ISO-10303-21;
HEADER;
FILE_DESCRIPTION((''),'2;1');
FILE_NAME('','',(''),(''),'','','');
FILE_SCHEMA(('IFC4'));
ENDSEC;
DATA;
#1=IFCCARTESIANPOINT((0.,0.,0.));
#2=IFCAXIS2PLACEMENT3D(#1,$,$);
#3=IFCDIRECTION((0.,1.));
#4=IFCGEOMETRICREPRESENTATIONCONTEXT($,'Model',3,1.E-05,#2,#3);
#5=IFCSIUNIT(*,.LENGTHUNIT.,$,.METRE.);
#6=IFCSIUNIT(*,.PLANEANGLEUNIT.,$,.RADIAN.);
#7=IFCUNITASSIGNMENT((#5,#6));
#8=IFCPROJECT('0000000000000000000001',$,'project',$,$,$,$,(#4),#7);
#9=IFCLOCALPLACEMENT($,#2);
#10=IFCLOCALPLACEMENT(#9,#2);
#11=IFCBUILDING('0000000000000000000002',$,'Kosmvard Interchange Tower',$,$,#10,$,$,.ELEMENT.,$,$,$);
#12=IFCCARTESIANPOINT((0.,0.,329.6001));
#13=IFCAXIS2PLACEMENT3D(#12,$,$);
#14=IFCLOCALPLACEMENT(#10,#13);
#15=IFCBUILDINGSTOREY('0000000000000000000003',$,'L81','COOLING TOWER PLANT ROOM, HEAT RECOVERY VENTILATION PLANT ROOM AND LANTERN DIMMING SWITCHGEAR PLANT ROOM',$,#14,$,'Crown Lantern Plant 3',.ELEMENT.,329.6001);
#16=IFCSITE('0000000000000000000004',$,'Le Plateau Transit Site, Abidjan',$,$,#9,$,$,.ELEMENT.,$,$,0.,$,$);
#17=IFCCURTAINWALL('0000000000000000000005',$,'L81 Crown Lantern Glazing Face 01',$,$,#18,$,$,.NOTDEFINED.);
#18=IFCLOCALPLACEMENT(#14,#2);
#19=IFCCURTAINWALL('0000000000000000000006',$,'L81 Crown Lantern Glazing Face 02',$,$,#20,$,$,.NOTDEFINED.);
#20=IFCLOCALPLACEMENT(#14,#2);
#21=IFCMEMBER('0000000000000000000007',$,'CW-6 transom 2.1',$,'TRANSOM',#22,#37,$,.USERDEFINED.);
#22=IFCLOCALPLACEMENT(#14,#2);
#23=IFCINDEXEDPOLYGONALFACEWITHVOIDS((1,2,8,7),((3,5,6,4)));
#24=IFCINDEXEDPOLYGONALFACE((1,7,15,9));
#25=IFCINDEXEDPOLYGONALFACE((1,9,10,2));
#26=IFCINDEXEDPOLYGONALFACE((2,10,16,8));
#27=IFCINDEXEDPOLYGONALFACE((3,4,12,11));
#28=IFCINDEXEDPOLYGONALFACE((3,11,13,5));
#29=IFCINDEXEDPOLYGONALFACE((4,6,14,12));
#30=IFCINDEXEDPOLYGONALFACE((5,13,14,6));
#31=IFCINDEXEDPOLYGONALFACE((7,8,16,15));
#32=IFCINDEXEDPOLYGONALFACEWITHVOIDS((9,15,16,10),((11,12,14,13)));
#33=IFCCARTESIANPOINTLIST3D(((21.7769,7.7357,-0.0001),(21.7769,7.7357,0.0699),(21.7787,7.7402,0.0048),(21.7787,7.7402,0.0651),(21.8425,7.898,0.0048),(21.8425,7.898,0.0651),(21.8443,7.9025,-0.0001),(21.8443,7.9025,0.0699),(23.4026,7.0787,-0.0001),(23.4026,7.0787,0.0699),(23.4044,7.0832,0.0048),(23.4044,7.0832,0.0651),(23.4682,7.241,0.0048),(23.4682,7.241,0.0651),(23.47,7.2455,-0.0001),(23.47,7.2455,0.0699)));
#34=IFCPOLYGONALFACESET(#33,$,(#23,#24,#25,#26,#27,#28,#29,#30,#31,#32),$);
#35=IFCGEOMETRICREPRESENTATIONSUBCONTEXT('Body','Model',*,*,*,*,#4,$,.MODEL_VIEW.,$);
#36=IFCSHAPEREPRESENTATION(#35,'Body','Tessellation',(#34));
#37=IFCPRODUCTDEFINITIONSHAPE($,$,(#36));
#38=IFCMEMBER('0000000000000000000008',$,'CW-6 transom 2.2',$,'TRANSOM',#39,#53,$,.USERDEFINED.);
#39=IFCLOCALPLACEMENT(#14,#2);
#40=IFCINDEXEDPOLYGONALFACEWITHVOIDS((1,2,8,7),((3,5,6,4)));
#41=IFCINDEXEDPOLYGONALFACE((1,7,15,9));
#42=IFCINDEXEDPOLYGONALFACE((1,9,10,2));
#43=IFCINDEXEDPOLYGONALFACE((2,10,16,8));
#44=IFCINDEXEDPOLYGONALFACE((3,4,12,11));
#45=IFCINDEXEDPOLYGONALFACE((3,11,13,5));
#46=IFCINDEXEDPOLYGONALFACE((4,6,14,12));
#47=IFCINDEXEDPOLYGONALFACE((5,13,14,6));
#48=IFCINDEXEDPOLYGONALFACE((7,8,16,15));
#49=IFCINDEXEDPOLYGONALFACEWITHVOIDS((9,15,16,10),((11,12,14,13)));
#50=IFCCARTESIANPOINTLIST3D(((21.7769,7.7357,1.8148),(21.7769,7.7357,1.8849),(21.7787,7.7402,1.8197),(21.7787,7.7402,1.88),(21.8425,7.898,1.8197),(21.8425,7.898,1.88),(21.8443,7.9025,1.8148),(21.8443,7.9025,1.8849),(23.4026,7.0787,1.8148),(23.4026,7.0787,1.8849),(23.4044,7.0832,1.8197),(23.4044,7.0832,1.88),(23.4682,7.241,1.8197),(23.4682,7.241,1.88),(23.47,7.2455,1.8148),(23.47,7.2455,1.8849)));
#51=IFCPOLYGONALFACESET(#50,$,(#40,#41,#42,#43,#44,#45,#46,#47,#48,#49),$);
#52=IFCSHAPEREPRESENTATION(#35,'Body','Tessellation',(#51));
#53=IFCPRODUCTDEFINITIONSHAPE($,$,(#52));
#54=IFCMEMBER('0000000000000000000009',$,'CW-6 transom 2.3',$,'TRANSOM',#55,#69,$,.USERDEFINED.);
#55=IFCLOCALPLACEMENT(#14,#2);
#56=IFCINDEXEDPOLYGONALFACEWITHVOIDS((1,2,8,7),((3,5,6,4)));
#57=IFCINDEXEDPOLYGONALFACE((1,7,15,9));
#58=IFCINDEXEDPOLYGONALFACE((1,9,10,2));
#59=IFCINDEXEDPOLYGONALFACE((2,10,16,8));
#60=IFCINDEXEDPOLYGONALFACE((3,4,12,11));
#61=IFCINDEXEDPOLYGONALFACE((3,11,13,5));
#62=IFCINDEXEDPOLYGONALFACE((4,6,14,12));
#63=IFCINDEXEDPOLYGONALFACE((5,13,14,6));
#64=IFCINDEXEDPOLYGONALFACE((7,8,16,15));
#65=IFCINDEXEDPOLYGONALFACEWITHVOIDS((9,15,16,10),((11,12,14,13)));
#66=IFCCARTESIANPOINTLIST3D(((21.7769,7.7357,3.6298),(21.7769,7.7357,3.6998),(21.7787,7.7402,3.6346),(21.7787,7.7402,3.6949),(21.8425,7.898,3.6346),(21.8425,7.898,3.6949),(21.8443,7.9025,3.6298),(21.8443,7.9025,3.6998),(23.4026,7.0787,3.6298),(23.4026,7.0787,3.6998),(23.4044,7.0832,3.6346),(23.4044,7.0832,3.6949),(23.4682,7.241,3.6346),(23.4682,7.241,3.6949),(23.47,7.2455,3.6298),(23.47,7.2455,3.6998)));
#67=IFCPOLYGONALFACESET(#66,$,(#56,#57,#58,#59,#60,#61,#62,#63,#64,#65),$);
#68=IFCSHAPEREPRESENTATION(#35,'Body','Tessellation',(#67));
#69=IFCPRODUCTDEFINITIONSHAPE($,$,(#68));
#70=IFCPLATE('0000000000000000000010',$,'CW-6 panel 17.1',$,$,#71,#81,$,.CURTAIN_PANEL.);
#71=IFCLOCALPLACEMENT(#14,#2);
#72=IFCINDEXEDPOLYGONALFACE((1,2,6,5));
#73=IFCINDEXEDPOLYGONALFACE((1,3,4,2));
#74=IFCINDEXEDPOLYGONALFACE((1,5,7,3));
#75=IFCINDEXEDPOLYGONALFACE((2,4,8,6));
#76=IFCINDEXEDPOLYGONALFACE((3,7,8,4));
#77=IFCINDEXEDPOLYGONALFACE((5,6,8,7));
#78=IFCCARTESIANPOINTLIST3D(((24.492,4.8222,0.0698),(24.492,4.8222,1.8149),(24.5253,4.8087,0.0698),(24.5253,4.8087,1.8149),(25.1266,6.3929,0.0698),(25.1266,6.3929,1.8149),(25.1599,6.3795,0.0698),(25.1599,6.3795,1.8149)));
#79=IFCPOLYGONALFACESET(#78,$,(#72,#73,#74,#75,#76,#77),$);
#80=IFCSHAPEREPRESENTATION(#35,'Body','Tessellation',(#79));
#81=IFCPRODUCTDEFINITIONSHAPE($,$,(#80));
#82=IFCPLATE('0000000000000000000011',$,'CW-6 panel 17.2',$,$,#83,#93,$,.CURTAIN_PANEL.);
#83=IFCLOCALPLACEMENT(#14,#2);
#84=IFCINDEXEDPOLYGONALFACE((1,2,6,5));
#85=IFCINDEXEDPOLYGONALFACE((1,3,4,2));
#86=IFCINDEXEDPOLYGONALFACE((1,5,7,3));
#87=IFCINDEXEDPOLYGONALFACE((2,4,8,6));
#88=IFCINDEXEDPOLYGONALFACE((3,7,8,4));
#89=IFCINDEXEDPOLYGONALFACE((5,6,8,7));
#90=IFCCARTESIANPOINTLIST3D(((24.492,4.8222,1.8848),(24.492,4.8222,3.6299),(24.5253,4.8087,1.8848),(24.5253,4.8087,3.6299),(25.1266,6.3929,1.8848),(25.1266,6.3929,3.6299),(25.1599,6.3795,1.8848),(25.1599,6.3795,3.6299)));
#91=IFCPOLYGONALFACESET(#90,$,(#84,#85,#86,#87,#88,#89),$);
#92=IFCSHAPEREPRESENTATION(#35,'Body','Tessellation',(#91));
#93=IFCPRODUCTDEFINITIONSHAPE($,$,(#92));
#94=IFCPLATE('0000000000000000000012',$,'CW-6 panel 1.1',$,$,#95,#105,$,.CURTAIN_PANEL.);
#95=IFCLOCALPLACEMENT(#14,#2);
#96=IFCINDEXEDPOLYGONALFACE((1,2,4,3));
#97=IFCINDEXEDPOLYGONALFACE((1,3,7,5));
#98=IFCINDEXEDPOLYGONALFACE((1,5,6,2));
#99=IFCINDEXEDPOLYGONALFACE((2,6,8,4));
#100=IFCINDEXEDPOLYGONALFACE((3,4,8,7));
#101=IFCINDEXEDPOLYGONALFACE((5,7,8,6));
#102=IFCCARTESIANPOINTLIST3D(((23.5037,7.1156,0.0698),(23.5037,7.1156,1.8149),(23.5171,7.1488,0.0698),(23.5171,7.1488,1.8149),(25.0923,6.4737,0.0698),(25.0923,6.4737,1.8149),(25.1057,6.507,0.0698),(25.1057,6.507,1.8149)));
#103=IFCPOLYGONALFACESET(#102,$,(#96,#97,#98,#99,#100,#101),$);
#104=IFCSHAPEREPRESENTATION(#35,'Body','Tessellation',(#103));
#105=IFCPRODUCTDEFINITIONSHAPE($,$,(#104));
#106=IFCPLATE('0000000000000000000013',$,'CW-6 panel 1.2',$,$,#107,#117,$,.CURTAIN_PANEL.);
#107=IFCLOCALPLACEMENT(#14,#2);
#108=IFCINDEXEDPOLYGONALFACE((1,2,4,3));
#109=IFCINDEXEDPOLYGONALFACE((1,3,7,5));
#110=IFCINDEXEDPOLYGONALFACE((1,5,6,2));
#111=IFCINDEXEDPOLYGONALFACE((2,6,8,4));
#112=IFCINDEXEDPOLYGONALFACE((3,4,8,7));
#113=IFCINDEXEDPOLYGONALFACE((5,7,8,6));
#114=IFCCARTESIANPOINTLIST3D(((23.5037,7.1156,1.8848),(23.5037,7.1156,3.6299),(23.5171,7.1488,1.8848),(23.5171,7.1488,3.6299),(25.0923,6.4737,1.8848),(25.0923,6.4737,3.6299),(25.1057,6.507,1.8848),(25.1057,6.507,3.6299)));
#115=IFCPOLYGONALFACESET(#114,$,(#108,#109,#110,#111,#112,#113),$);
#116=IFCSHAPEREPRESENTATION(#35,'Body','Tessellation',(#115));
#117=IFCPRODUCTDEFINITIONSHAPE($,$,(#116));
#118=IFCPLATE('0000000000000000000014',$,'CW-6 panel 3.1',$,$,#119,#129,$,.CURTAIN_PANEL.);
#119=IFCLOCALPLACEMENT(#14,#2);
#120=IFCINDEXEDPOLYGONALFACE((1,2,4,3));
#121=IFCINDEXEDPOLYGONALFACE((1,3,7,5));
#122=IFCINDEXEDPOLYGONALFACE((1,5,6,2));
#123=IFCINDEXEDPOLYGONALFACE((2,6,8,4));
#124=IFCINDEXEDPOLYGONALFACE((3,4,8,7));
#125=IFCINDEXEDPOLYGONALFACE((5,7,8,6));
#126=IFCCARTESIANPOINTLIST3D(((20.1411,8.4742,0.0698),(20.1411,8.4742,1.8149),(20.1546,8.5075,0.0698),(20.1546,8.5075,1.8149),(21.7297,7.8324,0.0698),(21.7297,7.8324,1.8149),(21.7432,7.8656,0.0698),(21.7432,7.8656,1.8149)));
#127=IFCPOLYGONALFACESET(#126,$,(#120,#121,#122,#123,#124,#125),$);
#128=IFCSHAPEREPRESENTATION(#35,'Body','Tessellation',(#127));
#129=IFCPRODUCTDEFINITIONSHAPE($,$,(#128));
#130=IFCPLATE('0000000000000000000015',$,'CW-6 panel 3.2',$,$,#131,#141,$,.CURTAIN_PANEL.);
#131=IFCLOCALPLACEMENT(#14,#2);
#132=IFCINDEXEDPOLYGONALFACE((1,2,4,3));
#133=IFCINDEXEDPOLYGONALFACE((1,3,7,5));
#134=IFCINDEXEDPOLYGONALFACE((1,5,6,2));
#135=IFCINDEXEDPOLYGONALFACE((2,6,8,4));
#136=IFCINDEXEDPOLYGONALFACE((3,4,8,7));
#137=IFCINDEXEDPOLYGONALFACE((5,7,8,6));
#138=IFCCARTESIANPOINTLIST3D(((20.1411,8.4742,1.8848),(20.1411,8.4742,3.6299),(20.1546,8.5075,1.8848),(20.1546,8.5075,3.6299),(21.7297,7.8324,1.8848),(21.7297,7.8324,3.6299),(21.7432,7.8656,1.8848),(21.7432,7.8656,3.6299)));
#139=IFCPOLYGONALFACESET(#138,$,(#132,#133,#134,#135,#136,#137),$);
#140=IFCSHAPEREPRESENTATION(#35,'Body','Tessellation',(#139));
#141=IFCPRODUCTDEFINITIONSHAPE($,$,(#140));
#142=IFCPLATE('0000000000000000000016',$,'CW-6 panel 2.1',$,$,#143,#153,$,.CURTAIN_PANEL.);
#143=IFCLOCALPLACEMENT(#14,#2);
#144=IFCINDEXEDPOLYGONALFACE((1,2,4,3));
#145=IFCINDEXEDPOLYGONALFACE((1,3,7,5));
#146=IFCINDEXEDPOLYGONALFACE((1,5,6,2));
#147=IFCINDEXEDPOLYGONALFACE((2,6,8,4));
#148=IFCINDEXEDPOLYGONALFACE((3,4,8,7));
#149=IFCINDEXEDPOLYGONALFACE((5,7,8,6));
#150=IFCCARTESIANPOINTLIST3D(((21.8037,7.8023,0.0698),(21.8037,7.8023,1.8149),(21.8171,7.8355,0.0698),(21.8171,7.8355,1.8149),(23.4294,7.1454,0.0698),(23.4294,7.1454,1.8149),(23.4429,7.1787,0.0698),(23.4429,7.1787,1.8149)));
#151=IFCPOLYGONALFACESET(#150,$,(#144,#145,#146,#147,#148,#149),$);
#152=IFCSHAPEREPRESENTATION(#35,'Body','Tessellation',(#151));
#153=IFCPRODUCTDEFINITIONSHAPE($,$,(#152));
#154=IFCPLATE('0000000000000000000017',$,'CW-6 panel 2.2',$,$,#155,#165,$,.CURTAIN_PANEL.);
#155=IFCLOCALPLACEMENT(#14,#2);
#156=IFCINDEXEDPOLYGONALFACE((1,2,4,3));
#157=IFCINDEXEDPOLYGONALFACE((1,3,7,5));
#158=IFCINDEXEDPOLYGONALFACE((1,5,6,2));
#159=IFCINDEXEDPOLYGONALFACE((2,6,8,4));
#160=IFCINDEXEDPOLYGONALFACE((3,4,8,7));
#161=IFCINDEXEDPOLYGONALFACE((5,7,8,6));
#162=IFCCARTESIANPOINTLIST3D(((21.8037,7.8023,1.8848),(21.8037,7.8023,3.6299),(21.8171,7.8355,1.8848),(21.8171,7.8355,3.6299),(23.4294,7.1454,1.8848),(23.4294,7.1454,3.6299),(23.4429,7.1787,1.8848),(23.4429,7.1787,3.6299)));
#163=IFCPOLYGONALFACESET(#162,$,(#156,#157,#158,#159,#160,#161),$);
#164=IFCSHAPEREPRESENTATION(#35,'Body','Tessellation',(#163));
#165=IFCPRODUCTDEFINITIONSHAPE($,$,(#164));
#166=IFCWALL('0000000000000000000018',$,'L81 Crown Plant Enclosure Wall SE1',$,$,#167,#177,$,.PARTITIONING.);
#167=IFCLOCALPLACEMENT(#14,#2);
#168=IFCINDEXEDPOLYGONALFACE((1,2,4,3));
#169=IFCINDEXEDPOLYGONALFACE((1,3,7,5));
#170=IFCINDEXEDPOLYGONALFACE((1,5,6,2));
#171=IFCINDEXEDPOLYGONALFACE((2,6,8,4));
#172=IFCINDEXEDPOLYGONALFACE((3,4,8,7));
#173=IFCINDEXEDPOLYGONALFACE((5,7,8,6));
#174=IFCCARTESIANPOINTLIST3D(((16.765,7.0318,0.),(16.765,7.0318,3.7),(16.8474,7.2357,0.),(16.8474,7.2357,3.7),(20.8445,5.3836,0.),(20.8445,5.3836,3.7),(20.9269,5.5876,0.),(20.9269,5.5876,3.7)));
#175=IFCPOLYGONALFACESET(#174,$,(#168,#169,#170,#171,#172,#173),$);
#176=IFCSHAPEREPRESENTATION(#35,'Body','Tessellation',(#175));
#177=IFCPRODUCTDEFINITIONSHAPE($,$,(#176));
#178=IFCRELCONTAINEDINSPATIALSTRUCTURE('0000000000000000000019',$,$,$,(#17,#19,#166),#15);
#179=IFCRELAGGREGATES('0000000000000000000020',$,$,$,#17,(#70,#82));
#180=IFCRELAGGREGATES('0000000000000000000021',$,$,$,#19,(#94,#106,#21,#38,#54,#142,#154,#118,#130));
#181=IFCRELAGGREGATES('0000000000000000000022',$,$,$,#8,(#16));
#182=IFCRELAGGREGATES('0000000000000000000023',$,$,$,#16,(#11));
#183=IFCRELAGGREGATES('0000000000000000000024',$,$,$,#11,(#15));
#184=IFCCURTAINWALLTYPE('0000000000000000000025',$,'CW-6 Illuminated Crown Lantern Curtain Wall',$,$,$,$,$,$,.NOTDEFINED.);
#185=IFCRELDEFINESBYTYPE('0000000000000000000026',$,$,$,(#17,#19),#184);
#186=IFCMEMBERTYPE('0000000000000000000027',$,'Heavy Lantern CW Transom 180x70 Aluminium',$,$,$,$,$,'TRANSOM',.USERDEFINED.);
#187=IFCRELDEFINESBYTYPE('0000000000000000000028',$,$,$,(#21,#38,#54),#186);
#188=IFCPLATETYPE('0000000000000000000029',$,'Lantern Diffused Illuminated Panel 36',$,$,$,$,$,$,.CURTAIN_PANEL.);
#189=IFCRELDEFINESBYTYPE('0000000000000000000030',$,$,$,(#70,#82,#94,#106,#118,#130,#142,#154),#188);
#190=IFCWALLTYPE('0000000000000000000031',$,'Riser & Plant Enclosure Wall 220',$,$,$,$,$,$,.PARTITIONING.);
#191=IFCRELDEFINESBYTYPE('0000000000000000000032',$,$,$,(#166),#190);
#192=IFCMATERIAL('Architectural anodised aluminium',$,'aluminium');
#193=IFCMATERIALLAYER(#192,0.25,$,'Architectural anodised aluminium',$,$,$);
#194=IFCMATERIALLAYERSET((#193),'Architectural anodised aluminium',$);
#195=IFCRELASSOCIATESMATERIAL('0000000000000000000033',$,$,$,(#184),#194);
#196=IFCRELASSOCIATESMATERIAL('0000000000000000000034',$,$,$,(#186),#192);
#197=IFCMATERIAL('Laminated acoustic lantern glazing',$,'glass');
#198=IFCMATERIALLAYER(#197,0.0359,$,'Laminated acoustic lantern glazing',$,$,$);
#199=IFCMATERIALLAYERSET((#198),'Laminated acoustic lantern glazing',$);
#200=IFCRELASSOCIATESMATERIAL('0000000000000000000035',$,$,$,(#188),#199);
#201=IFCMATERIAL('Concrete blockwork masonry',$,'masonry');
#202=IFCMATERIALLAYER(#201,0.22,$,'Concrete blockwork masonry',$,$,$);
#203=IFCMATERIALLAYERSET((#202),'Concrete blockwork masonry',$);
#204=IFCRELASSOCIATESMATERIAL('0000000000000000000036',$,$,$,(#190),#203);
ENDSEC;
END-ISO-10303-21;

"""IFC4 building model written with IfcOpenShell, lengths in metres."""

from ifc_helpers import new_model, si_unit, direction, frame, frame_2d, origin, origin_2d, place, context, subcontext, project, spatial, rectangle, hollow_rectangle, extrude, source, transform, mapped, material, layer, layer_set, material_profile, profile_set, type_object, element, aggregate, save


model = new_model("IFC4")

# Units and contexts
model_context = context("Model", 3, precision=1e-05, world=origin(), true_north=direction((0.0, 1.0)))
body_context = subcontext(model_context, "Body", "Model", "MODEL_VIEW")
ifc_project = project(units=[si_unit("LENGTHUNIT", "METRE"), si_unit("PLANEANGLEUNIT", "RADIAN")], contexts=[model_context])

# Site, building, storey
site_placement = place(None, origin())
site = spatial("IfcSite", under=ifc_project, at=site_placement, Name="Le Plateau Transit Site, Abidjan", CompositionType="ELEMENT", RefElevation=0.0)
building_placement = place(site_placement, origin())
building = spatial("IfcBuilding", under=site, at=building_placement, Name="Kosmvard Interchange Tower", CompositionType="ELEMENT")
storey_placement = place(building_placement, frame((0.0, 0.0, 329.6001)))
storey = spatial("IfcBuildingStorey", under=building, at=storey_placement, Name="L81", Description="COOLING TOWER PLANT ROOM, HEAT RECOVERY VENTILATION PLANT ROOM AND LANTERN DIMMING SWITCHGEAR PLANT ROOM", LongName="Crown Lantern Plant 3", CompositionType="ELEMENT", Elevation=329.6001)

# Curtain wall
ifc_material_1 = material(Name="Architectural anodised aluminium", Category="aluminium")
ifc_layer_1 = layer(ifc_material_1, 0.25, Name="Architectural anodised aluminium")
ifc_layer_set_1 = layer_set([ifc_layer_1], Name="Architectural anodised aluminium")
curtain_wall_type = type_object("IfcCurtainWallType", Name="CW-6 Illuminated Crown Lantern Curtain Wall", PredefinedType="NOTDEFINED", material=ifc_layer_set_1)
curtain_wall_1_placement = place(storey_placement, origin())
curtain_wall_1 = element("IfcCurtainWall", 1, at=curtain_wall_1_placement, inside=storey, type_object=curtain_wall_type, Name="L81 Crown Lantern Glazing Face 01", PredefinedType="NOTDEFINED")

# Curtain wall, members
curtain_wall_2_placement = place(storey_placement, origin())
curtain_wall_2 = element("IfcCurtainWall", 2, at=curtain_wall_2_placement, inside=storey, type_object=curtain_wall_type, Name="L81 Crown Lantern Glazing Face 02", PredefinedType="NOTDEFINED")
ifc_material_profile_1 = material_profile(ifc_material_1, hollow_rectangle(XDim=0.1799, YDim=0.0701, WallThickness=0.0049, at=origin_2d()), Name="CWT 180x70x5")
ifc_profile_set_1 = profile_set([ifc_material_profile_1], Name="Architectural anodised aluminium")
member_type_1 = type_object("IfcMemberType", Name="Heavy Lantern CW Transom 180x70 Aluminium", ElementType="TRANSOM", PredefinedType="USERDEFINED", material=ifc_profile_set_1)
shared_shape_1 = source(origin(), body_context, "Body", "SweptSolid", [
    extrude(hollow_rectangle(XDim=0.1799, YDim=0.0701, WallThickness=0.0049, at=origin_2d()), origin(), (0.0, 0.0, 1.0), 1.7534),
])
member_1_placement = place(storey_placement, frame((23.4363, 7.1621, 0.0349), z_axis=(-0.927155, 0.374677, 0.0), x_axis=(-0.374677, -0.927155, 0.0)))
member_1 = element("IfcMember", 3, at=member_1_placement, type_object=member_type_1, Name="CW-6 transom 2.1", ObjectType="TRANSOM", PredefinedType="USERDEFINED", context=body_context, shape_type="MappedRepresentation", body=[
    mapped(shared_shape_1, transform((0.0, 0.0, 0.0), scale=1.0)),
])
member_2_placement = place(storey_placement, frame((23.4363, 7.1621, 1.8499), z_axis=(-0.927155, 0.374677, 0.0), x_axis=(-0.374677, -0.927155, 0.0)))
member_2 = element("IfcMember", 4, at=member_2_placement, type_object=member_type_1, Name="CW-6 transom 2.2", ObjectType="TRANSOM", PredefinedType="USERDEFINED", context=body_context, shape_type="MappedRepresentation", body=[
    mapped(shared_shape_1, transform((0.0, 0.0, 0.0), scale=1.0)),
])
member_3_placement = place(storey_placement, frame((23.4363, 7.1621, 3.6648), z_axis=(-0.927155, 0.374677, 0.0), x_axis=(-0.374677, -0.927155, 0.0)))
member_3 = element("IfcMember", 5, at=member_3_placement, type_object=member_type_1, Name="CW-6 transom 2.3", ObjectType="TRANSOM", PredefinedType="USERDEFINED", context=body_context, shape_type="MappedRepresentation", body=[
    mapped(shared_shape_1, transform((0.0, 0.0, 0.0), scale=1.0)),
])

# Plates
ifc_material_2 = material(Name="Laminated acoustic lantern glazing", Category="glass")
ifc_layer_2 = layer(ifc_material_2, 0.0359, Name="Laminated acoustic lantern glazing")
ifc_layer_set_2 = layer_set([ifc_layer_2], Name="Laminated acoustic lantern glazing")
plate_type = type_object("IfcPlateType", Name="Lantern Diffused Illuminated Panel 36", PredefinedType="CURTAIN_PANEL", material=ifc_layer_set_2)
shared_shape_2 = source(origin(), body_context, "Body", "SweptSolid", [
    extrude(rectangle(XDim=1.6941, YDim=0.0359, at=origin_2d()), origin(), (0.0, 0.0, 1.0), 1.7451),
])
plate_1_placement = place(storey_placement, frame((24.8259, 5.6008, 0.0698), z_axis=(0.0, 0.0, 1.0), x_axis=(0.374607, 0.927184, 0.0)))
plate_1 = element("IfcPlate", 6, at=plate_1_placement, type_object=plate_type, Name="CW-6 panel 17.1", PredefinedType="CURTAIN_PANEL", context=body_context, shape_type="MappedRepresentation", body=[
    mapped(shared_shape_2, transform((0.0, 0.0, 0.0), scale=1.0)),
])
plate_2_placement = place(storey_placement, frame((24.8259, 5.6008, 1.8848), z_axis=(0.0, 0.0, 1.0), x_axis=(0.374607, 0.927184, 0.0)))
plate_2 = element("IfcPlate", 7, at=plate_2_placement, type_object=plate_type, Name="CW-6 panel 17.2", PredefinedType="CURTAIN_PANEL", context=body_context, shape_type="MappedRepresentation", body=[
    mapped(shared_shape_2, transform((0.0, 0.0, 0.0), scale=1.0)),
])
aggregate(curtain_wall_1, [plate_1, plate_2])
shared_shape_3 = source(origin(), body_context, "Body", "SweptSolid", [
    extrude(rectangle(XDim=1.7134, YDim=0.0359, at=origin_2d()), origin(), (0.0, 0.0, 1.0), 1.7451),
])
plate_3_placement = place(storey_placement, frame((24.3047, 6.8113, 0.0698), z_axis=(0.0, 0.0, 1.0), x_axis=(-0.927184, 0.374607, 0.0)))
plate_3 = element("IfcPlate", 8, at=plate_3_placement, type_object=plate_type, Name="CW-6 panel 1.1", PredefinedType="CURTAIN_PANEL", context=body_context, shape_type="MappedRepresentation", body=[
    mapped(shared_shape_3, transform((0.0, 0.0, 0.0), scale=1.0)),
])
plate_4_placement = place(storey_placement, frame((24.3047, 6.8113, 1.8848), z_axis=(0.0, 0.0, 1.0), x_axis=(-0.927184, 0.374607, 0.0)))
plate_4 = element("IfcPlate", 9, at=plate_4_placement, type_object=plate_type, Name="CW-6 panel 1.2", PredefinedType="CURTAIN_PANEL", context=body_context, shape_type="MappedRepresentation", body=[
    mapped(shared_shape_3, transform((0.0, 0.0, 0.0), scale=1.0)),
])
plate_5_placement = place(storey_placement, frame((20.9421, 8.1699, 0.0698), z_axis=(0.0, 0.0, 1.0), x_axis=(-0.927184, 0.374607, 0.0)))
plate_5 = element("IfcPlate", 10, at=plate_5_placement, type_object=plate_type, Name="CW-6 panel 3.1", PredefinedType="CURTAIN_PANEL", context=body_context, shape_type="MappedRepresentation", body=[
    mapped(shared_shape_3, transform((0.0, 0.0, 0.0), scale=1.0)),
])
plate_6_placement = place(storey_placement, frame((20.9421, 8.1699, 1.8848), z_axis=(0.0, 0.0, 1.0), x_axis=(-0.927184, 0.374607, 0.0)))
plate_6 = element("IfcPlate", 11, at=plate_6_placement, type_object=plate_type, Name="CW-6 panel 3.2", PredefinedType="CURTAIN_PANEL", context=body_context, shape_type="MappedRepresentation", body=[
    mapped(shared_shape_3, transform((0.0, 0.0, 0.0), scale=1.0)),
])
shared_shape_4 = source(origin(), body_context, "Body", "SweptSolid", [
    extrude(rectangle(XDim=1.7534, YDim=0.0359, at=origin_2d()), origin(), (0.0, 0.0, 1.0), 1.7451),
])
plate_7_placement = place(storey_placement, frame((22.6233, 7.4905, 0.0698), z_axis=(0.0, 0.0, 1.0), x_axis=(-0.927184, 0.374607, 0.0)))
plate_7 = element("IfcPlate", 12, at=plate_7_placement, type_object=plate_type, Name="CW-6 panel 2.1", PredefinedType="CURTAIN_PANEL", context=body_context, shape_type="MappedRepresentation", body=[
    mapped(shared_shape_4, transform((0.0, 0.0, 0.0), scale=1.0)),
])
plate_8_placement = place(storey_placement, frame((22.6233, 7.4905, 1.8848), z_axis=(0.0, 0.0, 1.0), x_axis=(-0.927184, 0.374607, 0.0)))
plate_8 = element("IfcPlate", 13, at=plate_8_placement, type_object=plate_type, Name="CW-6 panel 2.2", PredefinedType="CURTAIN_PANEL", context=body_context, shape_type="MappedRepresentation", body=[
    mapped(shared_shape_4, transform((0.0, 0.0, 0.0), scale=1.0)),
])
aggregate(curtain_wall_2, [plate_3, plate_4, member_1, member_2, member_3, plate_7, plate_8, plate_5, plate_6])

# Wall
ifc_material_3 = material(Name="Concrete blockwork masonry", Category="masonry")
ifc_layer_3 = layer(ifc_material_3, 0.22, Name="Concrete blockwork masonry")
ifc_layer_set_3 = layer_set([ifc_layer_3], Name="Concrete blockwork masonry")
wall_type = type_object("IfcWallType", Name="Riser & Plant Enclosure Wall 220", PredefinedType="PARTITIONING", material=ifc_layer_set_3)
wall_placement = place(storey_placement, frame((20.8857, 5.4856, 0.0), z_axis=(0.0, 0.0, 1.0), x_axis=(-0.927189, 0.374593, 0.0)))
element("IfcWall", 14, at=wall_placement, inside=storey, type_object=wall_type, Name="L81 Crown Plant Enclosure Wall SE1", PredefinedType="PARTITIONING", context=body_context, shape_type="SweptSolid", body=[
    extrude(rectangle(XDim=4.3999, YDim=0.22, at=frame_2d((2.2, 0.0))), origin(), (0.0, 0.0, 1.0), 3.7),
])

save(model, "model.ifc")
